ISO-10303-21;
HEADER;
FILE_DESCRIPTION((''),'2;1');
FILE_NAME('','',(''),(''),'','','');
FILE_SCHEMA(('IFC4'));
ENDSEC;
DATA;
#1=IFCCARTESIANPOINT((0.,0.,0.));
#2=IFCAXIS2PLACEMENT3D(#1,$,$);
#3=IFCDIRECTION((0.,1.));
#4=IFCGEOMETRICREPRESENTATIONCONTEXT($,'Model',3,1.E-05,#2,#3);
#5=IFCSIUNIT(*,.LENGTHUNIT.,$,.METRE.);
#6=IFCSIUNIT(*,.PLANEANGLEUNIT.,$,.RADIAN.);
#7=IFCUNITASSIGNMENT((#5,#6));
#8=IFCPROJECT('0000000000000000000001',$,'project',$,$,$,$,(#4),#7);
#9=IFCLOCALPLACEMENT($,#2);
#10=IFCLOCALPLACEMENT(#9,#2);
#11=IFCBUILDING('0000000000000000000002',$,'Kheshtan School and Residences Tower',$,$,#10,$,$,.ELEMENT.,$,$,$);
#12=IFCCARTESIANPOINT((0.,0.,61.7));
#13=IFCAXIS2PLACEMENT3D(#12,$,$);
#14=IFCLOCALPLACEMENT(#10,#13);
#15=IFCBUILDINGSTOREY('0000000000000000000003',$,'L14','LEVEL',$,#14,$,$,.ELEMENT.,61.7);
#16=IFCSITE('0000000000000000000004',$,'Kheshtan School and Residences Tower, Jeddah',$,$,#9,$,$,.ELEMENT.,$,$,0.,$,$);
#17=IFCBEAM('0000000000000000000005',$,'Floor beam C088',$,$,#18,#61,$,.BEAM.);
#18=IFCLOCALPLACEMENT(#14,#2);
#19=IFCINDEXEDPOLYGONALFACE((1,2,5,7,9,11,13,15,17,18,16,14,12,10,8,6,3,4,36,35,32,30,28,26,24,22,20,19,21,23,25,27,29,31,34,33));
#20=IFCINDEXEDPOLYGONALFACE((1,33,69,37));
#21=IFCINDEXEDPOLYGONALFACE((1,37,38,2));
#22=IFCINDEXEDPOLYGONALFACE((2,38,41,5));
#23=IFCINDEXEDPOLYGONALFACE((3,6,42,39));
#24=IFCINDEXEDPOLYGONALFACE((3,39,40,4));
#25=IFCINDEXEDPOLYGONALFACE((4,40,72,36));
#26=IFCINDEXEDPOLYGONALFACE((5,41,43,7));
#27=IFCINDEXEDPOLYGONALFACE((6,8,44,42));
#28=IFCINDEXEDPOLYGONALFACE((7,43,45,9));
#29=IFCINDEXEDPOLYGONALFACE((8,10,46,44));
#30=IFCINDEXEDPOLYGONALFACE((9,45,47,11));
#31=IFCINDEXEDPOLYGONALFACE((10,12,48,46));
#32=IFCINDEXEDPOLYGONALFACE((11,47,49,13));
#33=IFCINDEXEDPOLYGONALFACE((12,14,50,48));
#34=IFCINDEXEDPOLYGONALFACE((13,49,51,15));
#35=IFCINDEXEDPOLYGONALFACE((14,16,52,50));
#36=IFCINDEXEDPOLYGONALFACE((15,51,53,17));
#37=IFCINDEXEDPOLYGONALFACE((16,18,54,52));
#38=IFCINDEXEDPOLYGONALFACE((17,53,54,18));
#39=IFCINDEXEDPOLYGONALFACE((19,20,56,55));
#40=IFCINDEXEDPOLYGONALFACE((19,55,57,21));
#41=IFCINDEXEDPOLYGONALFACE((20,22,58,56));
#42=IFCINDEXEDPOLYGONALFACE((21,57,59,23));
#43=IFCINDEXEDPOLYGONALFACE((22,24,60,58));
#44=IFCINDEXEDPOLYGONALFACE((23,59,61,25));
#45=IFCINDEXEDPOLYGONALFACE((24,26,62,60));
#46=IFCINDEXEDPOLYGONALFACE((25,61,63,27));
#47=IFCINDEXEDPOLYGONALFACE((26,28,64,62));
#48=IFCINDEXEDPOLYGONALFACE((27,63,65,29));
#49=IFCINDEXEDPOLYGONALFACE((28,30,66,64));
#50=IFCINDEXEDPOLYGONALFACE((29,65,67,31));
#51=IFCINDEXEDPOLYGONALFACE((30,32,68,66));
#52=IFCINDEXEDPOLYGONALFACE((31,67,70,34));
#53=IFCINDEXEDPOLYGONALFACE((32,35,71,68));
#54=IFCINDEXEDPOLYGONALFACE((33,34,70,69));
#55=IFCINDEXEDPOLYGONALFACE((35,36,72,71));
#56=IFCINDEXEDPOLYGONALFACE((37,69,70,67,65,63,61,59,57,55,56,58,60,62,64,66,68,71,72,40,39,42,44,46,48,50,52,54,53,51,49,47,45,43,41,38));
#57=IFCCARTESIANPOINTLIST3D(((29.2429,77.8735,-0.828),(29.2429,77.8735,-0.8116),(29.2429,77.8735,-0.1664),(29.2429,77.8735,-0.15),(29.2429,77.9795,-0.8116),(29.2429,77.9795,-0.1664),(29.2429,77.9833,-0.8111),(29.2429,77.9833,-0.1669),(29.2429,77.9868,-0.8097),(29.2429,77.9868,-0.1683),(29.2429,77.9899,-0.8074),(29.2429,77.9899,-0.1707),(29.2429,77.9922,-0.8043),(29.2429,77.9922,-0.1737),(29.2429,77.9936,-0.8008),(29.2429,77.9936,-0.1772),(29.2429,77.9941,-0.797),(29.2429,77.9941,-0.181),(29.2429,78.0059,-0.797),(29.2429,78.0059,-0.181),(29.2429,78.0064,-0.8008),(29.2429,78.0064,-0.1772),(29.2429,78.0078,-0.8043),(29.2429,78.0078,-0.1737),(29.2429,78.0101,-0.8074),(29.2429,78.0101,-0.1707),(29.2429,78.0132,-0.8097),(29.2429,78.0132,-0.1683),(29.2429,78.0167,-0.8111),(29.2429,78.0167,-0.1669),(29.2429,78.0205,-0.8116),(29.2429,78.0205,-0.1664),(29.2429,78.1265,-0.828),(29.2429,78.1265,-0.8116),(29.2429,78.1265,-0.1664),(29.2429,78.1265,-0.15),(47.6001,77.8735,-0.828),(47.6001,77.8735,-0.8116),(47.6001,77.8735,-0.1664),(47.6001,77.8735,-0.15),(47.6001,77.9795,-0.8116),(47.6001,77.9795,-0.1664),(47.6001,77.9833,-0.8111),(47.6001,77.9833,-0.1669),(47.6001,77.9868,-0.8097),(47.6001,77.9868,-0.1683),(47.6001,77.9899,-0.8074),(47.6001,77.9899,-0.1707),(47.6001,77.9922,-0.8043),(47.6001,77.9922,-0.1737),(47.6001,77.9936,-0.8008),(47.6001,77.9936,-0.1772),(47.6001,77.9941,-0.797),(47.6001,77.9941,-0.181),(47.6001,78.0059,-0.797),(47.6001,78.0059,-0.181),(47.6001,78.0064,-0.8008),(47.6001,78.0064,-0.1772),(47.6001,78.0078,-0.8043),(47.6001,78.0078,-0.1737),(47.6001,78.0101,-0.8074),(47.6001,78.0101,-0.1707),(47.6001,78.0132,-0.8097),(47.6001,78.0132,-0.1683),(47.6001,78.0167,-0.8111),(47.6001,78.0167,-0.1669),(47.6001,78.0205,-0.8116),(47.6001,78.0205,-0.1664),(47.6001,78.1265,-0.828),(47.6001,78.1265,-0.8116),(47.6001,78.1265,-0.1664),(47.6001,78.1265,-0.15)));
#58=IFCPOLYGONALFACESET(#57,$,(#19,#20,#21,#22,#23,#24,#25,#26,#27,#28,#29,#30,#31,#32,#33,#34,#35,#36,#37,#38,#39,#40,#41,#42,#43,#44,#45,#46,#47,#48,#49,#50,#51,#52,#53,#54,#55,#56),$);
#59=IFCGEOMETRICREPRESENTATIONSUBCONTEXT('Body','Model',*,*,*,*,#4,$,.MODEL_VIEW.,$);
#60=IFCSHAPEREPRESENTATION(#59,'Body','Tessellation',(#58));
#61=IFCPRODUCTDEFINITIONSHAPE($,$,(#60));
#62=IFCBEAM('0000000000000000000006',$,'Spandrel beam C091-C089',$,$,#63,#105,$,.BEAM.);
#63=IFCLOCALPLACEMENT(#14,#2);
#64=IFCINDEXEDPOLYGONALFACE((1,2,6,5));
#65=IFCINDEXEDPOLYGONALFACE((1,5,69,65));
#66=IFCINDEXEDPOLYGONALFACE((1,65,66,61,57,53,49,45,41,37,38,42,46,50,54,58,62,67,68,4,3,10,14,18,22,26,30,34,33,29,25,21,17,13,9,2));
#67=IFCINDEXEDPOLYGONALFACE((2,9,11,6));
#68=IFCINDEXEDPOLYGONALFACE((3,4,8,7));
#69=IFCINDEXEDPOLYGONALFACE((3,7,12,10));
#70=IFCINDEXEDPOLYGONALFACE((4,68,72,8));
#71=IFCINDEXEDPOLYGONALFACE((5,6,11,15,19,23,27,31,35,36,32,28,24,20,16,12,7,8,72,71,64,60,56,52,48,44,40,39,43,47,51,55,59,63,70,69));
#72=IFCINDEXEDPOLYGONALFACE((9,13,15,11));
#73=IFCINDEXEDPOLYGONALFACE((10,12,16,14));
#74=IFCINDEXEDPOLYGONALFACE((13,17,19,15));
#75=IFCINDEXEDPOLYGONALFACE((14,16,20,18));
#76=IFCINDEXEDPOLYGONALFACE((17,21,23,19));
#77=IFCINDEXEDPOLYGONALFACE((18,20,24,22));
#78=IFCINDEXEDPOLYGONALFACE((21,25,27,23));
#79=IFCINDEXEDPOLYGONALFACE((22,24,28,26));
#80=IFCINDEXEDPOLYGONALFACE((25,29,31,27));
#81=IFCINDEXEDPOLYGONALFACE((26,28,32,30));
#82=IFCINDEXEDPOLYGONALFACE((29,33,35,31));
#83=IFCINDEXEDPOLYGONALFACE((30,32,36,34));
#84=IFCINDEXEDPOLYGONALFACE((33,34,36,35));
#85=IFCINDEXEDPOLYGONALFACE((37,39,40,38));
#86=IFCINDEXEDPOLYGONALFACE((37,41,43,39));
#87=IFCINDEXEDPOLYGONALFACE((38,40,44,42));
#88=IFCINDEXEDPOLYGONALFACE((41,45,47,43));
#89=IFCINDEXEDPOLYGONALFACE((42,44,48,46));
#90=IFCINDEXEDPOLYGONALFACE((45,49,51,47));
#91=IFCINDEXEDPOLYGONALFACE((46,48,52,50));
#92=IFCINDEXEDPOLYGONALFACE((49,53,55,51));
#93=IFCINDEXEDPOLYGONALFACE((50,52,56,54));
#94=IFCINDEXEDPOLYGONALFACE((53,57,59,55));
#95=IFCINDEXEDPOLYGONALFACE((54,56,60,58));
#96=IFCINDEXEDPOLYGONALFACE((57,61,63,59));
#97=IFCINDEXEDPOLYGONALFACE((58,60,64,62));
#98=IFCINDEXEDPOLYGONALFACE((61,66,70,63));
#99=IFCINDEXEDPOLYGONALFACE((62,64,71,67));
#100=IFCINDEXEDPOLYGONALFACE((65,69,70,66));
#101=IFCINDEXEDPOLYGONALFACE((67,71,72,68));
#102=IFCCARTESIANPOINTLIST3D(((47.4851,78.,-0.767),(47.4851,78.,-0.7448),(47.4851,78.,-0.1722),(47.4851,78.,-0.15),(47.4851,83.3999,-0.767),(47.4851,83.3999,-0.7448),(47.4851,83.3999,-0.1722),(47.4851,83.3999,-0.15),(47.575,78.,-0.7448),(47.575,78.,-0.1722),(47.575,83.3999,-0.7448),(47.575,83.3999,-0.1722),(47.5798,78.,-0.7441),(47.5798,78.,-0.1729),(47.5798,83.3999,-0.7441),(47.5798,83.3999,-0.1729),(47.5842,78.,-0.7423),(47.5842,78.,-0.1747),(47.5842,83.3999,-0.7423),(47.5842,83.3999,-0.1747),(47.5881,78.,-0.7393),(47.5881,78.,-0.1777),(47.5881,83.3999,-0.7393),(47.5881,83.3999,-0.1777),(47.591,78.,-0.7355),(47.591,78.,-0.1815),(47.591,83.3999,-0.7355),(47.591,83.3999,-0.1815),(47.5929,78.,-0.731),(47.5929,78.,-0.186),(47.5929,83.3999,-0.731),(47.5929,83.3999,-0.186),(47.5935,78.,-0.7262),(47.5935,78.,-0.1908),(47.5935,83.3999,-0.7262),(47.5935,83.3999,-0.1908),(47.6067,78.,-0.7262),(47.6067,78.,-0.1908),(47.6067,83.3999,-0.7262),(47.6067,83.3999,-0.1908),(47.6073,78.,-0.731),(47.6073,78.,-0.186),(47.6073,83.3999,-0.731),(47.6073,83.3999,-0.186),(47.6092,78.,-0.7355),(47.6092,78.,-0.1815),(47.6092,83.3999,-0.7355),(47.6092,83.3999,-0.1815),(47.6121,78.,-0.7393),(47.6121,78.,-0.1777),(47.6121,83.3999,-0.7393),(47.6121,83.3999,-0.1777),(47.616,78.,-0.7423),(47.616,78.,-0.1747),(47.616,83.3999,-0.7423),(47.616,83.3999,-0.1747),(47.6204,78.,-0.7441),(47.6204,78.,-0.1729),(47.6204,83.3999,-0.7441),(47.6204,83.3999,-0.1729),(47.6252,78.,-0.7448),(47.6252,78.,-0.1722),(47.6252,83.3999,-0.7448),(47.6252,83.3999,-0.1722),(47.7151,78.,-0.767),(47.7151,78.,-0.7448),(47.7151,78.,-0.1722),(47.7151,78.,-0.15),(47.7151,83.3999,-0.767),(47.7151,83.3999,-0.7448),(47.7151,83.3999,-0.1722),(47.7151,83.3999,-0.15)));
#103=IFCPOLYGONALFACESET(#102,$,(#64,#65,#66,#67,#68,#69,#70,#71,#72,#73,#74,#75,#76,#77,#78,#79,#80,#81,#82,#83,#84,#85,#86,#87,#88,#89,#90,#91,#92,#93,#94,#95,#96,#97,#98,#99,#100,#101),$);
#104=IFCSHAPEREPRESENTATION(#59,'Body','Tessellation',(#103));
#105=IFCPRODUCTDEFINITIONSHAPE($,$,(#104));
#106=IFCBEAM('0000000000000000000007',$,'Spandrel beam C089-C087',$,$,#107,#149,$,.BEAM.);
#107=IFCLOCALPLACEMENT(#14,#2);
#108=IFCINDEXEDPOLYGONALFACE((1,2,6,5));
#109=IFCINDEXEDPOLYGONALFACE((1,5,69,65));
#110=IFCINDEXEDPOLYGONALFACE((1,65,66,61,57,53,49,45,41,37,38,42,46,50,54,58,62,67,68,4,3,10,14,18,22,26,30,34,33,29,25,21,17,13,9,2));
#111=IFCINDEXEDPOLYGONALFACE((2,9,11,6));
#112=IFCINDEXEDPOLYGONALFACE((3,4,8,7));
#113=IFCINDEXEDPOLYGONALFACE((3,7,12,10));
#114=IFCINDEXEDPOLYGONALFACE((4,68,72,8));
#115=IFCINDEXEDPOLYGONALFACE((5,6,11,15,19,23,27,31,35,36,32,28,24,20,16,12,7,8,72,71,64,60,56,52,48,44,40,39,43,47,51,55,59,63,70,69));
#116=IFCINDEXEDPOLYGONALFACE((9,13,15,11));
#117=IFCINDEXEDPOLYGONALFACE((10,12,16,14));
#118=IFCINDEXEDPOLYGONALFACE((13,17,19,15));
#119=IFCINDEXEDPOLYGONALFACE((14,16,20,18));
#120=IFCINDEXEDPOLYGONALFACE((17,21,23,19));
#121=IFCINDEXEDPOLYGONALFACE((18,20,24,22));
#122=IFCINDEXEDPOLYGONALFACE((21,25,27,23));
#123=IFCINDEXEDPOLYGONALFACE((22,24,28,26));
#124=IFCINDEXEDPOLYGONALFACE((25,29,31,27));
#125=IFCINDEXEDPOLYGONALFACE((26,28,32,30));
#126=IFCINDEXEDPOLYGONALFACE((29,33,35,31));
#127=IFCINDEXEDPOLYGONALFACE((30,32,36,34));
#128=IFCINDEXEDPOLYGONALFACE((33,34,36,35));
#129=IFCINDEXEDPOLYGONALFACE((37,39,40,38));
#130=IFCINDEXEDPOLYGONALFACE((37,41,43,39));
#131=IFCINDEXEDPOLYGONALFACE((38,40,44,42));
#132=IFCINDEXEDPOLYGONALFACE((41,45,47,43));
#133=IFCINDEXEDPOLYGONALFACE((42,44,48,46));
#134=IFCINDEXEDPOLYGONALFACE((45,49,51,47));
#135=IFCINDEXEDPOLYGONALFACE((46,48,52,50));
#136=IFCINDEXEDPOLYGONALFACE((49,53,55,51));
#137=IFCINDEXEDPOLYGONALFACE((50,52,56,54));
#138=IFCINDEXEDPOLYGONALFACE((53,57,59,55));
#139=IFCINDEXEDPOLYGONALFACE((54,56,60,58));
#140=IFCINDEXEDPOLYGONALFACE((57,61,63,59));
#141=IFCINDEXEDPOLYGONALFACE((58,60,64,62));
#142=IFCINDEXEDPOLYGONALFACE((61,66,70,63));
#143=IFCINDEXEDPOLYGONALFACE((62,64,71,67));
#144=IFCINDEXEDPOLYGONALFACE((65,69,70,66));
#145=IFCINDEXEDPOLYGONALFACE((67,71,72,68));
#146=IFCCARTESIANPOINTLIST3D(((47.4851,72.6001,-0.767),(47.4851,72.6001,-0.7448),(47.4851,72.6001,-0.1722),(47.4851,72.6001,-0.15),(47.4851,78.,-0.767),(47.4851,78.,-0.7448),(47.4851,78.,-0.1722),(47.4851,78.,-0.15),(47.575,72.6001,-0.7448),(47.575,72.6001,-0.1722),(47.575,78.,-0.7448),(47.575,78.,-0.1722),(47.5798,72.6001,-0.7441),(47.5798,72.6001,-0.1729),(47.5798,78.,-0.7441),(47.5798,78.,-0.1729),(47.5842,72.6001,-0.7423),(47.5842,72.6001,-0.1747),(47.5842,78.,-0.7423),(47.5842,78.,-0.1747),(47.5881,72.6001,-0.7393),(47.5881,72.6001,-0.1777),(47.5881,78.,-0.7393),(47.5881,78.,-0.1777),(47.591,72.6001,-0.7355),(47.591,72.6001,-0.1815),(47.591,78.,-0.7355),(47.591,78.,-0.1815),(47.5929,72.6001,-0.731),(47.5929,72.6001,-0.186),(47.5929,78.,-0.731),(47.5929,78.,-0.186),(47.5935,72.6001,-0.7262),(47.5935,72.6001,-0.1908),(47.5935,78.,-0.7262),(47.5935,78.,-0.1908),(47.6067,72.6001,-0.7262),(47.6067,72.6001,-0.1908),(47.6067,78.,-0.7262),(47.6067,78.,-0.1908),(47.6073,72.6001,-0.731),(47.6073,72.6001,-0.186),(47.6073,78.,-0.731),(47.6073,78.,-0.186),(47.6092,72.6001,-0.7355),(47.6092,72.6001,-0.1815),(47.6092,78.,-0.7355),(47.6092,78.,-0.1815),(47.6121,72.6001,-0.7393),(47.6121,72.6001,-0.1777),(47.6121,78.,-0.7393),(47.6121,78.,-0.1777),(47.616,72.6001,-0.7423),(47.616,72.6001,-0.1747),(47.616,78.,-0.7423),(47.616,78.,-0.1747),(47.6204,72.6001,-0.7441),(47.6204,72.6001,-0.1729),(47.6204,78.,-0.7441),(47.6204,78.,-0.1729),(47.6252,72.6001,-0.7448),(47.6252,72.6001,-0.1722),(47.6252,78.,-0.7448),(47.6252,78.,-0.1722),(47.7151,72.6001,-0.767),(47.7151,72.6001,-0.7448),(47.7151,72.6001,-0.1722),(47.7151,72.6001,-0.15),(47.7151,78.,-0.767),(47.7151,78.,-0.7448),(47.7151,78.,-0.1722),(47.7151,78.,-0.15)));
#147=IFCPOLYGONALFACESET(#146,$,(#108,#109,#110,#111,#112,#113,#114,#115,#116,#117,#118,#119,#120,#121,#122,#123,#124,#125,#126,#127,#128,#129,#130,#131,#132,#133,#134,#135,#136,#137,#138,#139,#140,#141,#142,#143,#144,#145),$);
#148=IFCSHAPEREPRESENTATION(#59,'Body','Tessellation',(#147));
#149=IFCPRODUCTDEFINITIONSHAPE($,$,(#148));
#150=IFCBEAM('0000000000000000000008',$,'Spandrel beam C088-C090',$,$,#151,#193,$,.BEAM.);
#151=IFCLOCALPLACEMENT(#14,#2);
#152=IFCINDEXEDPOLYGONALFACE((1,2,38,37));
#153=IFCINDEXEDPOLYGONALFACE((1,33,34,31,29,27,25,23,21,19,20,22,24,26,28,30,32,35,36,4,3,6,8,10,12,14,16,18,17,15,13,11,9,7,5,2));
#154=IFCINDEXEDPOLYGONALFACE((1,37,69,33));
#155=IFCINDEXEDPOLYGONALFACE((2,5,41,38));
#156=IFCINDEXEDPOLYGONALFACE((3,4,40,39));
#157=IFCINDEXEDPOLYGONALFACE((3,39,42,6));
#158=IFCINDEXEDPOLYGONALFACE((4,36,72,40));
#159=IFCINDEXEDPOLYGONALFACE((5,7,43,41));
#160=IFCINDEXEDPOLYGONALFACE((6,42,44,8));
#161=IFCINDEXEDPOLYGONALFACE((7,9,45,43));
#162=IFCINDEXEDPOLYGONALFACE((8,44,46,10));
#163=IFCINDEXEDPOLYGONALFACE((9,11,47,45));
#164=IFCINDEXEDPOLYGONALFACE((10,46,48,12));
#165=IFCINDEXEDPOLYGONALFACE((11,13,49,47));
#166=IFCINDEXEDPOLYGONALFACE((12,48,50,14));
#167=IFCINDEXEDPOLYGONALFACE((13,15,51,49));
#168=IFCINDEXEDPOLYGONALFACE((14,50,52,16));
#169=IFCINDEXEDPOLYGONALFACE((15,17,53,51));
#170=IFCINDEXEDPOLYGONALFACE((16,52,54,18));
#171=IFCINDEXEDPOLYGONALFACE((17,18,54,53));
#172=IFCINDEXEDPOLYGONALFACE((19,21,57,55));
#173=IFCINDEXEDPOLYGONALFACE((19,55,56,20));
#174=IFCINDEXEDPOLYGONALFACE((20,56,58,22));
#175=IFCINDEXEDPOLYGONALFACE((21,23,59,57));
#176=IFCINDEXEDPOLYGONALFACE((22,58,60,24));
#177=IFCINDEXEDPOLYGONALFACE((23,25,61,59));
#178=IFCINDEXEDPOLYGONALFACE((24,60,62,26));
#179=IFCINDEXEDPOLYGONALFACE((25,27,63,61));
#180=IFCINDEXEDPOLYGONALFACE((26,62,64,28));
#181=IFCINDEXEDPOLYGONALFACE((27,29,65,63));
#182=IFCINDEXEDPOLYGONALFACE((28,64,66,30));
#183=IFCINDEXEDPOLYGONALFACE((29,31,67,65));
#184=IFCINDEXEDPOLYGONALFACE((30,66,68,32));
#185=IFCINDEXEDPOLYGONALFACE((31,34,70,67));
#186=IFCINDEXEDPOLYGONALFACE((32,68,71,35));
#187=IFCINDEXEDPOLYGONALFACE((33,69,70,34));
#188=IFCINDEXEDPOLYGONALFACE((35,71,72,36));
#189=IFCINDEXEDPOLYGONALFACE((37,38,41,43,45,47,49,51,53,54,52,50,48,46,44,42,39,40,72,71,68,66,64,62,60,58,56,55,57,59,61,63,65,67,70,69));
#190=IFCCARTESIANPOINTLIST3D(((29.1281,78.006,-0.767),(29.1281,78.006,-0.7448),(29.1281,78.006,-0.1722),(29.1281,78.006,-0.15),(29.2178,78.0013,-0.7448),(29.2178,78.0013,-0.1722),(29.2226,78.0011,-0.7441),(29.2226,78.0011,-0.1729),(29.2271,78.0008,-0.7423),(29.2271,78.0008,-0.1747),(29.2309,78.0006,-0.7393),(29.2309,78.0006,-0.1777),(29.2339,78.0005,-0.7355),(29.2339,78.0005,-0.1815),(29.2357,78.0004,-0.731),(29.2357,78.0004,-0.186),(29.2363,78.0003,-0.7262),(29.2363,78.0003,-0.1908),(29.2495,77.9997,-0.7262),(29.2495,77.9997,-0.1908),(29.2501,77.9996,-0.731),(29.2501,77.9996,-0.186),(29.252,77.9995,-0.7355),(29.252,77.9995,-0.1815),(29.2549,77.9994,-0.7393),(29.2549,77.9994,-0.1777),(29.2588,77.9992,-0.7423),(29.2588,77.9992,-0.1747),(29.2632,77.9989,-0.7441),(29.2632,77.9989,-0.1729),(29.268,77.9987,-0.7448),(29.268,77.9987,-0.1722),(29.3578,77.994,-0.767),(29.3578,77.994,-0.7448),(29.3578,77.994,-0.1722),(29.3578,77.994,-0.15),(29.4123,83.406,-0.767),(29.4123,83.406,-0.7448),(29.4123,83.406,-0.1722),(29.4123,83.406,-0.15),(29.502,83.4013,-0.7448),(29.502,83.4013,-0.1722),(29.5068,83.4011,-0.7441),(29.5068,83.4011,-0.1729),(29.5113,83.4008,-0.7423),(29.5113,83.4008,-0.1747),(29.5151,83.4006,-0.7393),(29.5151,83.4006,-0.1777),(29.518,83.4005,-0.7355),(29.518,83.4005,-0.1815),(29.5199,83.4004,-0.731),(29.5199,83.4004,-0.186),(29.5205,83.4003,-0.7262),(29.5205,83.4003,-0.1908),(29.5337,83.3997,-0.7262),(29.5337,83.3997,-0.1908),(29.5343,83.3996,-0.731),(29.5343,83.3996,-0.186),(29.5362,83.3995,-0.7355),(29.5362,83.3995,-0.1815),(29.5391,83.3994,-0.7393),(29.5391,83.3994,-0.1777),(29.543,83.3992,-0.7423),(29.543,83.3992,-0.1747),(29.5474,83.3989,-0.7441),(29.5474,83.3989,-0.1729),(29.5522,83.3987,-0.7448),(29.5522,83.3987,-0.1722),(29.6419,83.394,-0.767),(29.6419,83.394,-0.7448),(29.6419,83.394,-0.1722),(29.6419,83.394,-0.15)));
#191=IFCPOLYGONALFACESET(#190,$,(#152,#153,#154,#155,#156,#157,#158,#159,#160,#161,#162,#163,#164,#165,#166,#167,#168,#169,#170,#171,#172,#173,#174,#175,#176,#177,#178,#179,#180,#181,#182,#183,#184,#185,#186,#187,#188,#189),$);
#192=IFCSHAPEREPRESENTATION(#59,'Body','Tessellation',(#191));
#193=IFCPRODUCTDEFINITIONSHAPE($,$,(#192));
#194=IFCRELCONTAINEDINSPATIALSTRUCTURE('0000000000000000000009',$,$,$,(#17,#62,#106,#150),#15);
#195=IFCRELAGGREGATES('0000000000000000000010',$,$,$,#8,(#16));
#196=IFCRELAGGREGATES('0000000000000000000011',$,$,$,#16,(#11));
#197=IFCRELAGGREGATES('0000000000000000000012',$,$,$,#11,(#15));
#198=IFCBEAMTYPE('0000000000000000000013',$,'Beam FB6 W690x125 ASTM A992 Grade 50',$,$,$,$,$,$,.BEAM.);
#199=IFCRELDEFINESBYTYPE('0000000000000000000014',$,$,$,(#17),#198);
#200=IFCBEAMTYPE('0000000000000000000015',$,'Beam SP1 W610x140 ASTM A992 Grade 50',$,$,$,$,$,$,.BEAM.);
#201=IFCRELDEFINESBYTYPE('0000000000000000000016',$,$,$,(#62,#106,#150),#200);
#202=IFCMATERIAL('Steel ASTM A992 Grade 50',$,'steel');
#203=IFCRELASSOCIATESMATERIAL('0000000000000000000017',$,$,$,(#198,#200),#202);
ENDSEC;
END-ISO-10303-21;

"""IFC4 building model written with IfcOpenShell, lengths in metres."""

from ifc_helpers import new_model, si_unit, direction, frame, origin, origin_2d, place, context, subcontext, project, spatial, i_section, extrude, material, material_profile, profile_set, type_object, element, save


model = new_model("IFC4")

# Units and contexts
model_context = context("Model", 3, precision=1e-05, world=origin(), true_north=direction((0.0, 1.0)))
body_context = subcontext(model_context, "Body", "Model", "MODEL_VIEW")
ifc_project = project(units=[si_unit("LENGTHUNIT", "METRE"), si_unit("PLANEANGLEUNIT", "RADIAN")], contexts=[model_context])

# Site, building, storey
site_placement = place(None, origin())
site = spatial("IfcSite", under=ifc_project, at=site_placement, Name="Kheshtan School and Residences Tower, Jeddah", CompositionType="ELEMENT", RefElevation=0.0)
building_placement = place(site_placement, origin())
building = spatial("IfcBuilding", under=site, at=building_placement, Name="Kheshtan School and Residences Tower", CompositionType="ELEMENT")
storey_placement = place(building_placement, frame((0.0, 0.0, 61.7)))
storey = spatial("IfcBuildingStorey", under=building, at=storey_placement, Name="L14", Description="LEVEL", CompositionType="ELEMENT", Elevation=61.7)

# Shared definitions
ifc_material_1 = material(Name="Steel ASTM A992 Grade 50", Category="steel")

# Beams
ifc_material_profile_1 = material_profile(ifc_material_1, i_section(OverallWidth=0.2529, OverallDepth=0.678, WebThickness=0.0117, FlangeThickness=0.0164, FilletRadius=0.0146, at=origin_2d()), Name="W690x125")
ifc_profile_set_1 = profile_set([ifc_material_profile_1], Name="Steel ASTM A992 Grade 50")
beam_type_1 = type_object("IfcBeamType", Name="Beam FB6 W690x125 ASTM A992 Grade 50", PredefinedType="BEAM", material=ifc_profile_set_1)
beam_1_placement = place(storey_placement, frame((29.2429, 78.0, -0.489), z_axis=(1.0, 0.0, 0.0), x_axis=(0.0, 1.0, 0.0)))
element("IfcBeam", 1, at=beam_1_placement, inside=storey, type_object=beam_type_1, Name="Floor beam C088", PredefinedType="BEAM", context=body_context, shape_type="SweptSolid", body=[
    extrude(i_section(OverallWidth=0.2529, OverallDepth=0.678, WebThickness=0.0117, FlangeThickness=0.0164, FilletRadius=0.0146, at=origin_2d()), origin(), (0.0, 0.0, 1.0), 18.3572),
])
ifc_material_profile_2 = material_profile(ifc_material_1, i_section(OverallWidth=0.23, OverallDepth=0.6169, WebThickness=0.0132, FlangeThickness=0.0222, FilletRadius=0.0186, at=origin_2d()), Name="W610x140")
ifc_profile_set_2 = profile_set([ifc_material_profile_2], Name="Steel ASTM A992 Grade 50")
beam_type_2 = type_object("IfcBeamType", Name="Beam SP1 W610x140 ASTM A992 Grade 50", PredefinedType="BEAM", material=ifc_profile_set_2)
for number, where, z_axis, x_axis, name in (
    (2, (47.6001, 83.3999, -0.4585), (0.0, -1.0, 0.0), (1.0, 0.0, 0.0), "Spandrel beam C091-C089"),
    (3, (47.6001, 78.0, -0.4585), (0.0, -1.0, 0.0), (1.0, 0.0, 0.0), "Spandrel beam C089-C087"),
):
    element("IfcBeam", number, at=place(storey_placement, frame(where, z_axis=z_axis, x_axis=x_axis)), inside=storey, type_object=beam_type_2, Name=name, PredefinedType="BEAM", context=body_context, shape_type="SweptSolid", body=[
        extrude(i_section(OverallWidth=0.23, OverallDepth=0.6169, WebThickness=0.0132, FlangeThickness=0.0222, FilletRadius=0.0186, at=origin_2d()), origin(), (0.0, 0.0, 1.0), 5.3999),
    ])
beam_2_placement = place(storey_placement, frame((29.2429, 78.0, -0.4585), z_axis=(0.052554, 0.998618, 0.0), x_axis=(-0.998618, 0.052554, 0.0)))
element("IfcBeam", 4, at=beam_2_placement, inside=storey, type_object=beam_type_2, Name="Spandrel beam C088-C090", PredefinedType="BEAM", context=body_context, shape_type="SweptSolid", body=[
    extrude(i_section(OverallWidth=0.23, OverallDepth=0.6169, WebThickness=0.0132, FlangeThickness=0.0222, FilletRadius=0.0186, at=origin_2d()), origin(), (0.0, 0.0, 1.0), 5.4075),
])

save(model, "model.ifc")
